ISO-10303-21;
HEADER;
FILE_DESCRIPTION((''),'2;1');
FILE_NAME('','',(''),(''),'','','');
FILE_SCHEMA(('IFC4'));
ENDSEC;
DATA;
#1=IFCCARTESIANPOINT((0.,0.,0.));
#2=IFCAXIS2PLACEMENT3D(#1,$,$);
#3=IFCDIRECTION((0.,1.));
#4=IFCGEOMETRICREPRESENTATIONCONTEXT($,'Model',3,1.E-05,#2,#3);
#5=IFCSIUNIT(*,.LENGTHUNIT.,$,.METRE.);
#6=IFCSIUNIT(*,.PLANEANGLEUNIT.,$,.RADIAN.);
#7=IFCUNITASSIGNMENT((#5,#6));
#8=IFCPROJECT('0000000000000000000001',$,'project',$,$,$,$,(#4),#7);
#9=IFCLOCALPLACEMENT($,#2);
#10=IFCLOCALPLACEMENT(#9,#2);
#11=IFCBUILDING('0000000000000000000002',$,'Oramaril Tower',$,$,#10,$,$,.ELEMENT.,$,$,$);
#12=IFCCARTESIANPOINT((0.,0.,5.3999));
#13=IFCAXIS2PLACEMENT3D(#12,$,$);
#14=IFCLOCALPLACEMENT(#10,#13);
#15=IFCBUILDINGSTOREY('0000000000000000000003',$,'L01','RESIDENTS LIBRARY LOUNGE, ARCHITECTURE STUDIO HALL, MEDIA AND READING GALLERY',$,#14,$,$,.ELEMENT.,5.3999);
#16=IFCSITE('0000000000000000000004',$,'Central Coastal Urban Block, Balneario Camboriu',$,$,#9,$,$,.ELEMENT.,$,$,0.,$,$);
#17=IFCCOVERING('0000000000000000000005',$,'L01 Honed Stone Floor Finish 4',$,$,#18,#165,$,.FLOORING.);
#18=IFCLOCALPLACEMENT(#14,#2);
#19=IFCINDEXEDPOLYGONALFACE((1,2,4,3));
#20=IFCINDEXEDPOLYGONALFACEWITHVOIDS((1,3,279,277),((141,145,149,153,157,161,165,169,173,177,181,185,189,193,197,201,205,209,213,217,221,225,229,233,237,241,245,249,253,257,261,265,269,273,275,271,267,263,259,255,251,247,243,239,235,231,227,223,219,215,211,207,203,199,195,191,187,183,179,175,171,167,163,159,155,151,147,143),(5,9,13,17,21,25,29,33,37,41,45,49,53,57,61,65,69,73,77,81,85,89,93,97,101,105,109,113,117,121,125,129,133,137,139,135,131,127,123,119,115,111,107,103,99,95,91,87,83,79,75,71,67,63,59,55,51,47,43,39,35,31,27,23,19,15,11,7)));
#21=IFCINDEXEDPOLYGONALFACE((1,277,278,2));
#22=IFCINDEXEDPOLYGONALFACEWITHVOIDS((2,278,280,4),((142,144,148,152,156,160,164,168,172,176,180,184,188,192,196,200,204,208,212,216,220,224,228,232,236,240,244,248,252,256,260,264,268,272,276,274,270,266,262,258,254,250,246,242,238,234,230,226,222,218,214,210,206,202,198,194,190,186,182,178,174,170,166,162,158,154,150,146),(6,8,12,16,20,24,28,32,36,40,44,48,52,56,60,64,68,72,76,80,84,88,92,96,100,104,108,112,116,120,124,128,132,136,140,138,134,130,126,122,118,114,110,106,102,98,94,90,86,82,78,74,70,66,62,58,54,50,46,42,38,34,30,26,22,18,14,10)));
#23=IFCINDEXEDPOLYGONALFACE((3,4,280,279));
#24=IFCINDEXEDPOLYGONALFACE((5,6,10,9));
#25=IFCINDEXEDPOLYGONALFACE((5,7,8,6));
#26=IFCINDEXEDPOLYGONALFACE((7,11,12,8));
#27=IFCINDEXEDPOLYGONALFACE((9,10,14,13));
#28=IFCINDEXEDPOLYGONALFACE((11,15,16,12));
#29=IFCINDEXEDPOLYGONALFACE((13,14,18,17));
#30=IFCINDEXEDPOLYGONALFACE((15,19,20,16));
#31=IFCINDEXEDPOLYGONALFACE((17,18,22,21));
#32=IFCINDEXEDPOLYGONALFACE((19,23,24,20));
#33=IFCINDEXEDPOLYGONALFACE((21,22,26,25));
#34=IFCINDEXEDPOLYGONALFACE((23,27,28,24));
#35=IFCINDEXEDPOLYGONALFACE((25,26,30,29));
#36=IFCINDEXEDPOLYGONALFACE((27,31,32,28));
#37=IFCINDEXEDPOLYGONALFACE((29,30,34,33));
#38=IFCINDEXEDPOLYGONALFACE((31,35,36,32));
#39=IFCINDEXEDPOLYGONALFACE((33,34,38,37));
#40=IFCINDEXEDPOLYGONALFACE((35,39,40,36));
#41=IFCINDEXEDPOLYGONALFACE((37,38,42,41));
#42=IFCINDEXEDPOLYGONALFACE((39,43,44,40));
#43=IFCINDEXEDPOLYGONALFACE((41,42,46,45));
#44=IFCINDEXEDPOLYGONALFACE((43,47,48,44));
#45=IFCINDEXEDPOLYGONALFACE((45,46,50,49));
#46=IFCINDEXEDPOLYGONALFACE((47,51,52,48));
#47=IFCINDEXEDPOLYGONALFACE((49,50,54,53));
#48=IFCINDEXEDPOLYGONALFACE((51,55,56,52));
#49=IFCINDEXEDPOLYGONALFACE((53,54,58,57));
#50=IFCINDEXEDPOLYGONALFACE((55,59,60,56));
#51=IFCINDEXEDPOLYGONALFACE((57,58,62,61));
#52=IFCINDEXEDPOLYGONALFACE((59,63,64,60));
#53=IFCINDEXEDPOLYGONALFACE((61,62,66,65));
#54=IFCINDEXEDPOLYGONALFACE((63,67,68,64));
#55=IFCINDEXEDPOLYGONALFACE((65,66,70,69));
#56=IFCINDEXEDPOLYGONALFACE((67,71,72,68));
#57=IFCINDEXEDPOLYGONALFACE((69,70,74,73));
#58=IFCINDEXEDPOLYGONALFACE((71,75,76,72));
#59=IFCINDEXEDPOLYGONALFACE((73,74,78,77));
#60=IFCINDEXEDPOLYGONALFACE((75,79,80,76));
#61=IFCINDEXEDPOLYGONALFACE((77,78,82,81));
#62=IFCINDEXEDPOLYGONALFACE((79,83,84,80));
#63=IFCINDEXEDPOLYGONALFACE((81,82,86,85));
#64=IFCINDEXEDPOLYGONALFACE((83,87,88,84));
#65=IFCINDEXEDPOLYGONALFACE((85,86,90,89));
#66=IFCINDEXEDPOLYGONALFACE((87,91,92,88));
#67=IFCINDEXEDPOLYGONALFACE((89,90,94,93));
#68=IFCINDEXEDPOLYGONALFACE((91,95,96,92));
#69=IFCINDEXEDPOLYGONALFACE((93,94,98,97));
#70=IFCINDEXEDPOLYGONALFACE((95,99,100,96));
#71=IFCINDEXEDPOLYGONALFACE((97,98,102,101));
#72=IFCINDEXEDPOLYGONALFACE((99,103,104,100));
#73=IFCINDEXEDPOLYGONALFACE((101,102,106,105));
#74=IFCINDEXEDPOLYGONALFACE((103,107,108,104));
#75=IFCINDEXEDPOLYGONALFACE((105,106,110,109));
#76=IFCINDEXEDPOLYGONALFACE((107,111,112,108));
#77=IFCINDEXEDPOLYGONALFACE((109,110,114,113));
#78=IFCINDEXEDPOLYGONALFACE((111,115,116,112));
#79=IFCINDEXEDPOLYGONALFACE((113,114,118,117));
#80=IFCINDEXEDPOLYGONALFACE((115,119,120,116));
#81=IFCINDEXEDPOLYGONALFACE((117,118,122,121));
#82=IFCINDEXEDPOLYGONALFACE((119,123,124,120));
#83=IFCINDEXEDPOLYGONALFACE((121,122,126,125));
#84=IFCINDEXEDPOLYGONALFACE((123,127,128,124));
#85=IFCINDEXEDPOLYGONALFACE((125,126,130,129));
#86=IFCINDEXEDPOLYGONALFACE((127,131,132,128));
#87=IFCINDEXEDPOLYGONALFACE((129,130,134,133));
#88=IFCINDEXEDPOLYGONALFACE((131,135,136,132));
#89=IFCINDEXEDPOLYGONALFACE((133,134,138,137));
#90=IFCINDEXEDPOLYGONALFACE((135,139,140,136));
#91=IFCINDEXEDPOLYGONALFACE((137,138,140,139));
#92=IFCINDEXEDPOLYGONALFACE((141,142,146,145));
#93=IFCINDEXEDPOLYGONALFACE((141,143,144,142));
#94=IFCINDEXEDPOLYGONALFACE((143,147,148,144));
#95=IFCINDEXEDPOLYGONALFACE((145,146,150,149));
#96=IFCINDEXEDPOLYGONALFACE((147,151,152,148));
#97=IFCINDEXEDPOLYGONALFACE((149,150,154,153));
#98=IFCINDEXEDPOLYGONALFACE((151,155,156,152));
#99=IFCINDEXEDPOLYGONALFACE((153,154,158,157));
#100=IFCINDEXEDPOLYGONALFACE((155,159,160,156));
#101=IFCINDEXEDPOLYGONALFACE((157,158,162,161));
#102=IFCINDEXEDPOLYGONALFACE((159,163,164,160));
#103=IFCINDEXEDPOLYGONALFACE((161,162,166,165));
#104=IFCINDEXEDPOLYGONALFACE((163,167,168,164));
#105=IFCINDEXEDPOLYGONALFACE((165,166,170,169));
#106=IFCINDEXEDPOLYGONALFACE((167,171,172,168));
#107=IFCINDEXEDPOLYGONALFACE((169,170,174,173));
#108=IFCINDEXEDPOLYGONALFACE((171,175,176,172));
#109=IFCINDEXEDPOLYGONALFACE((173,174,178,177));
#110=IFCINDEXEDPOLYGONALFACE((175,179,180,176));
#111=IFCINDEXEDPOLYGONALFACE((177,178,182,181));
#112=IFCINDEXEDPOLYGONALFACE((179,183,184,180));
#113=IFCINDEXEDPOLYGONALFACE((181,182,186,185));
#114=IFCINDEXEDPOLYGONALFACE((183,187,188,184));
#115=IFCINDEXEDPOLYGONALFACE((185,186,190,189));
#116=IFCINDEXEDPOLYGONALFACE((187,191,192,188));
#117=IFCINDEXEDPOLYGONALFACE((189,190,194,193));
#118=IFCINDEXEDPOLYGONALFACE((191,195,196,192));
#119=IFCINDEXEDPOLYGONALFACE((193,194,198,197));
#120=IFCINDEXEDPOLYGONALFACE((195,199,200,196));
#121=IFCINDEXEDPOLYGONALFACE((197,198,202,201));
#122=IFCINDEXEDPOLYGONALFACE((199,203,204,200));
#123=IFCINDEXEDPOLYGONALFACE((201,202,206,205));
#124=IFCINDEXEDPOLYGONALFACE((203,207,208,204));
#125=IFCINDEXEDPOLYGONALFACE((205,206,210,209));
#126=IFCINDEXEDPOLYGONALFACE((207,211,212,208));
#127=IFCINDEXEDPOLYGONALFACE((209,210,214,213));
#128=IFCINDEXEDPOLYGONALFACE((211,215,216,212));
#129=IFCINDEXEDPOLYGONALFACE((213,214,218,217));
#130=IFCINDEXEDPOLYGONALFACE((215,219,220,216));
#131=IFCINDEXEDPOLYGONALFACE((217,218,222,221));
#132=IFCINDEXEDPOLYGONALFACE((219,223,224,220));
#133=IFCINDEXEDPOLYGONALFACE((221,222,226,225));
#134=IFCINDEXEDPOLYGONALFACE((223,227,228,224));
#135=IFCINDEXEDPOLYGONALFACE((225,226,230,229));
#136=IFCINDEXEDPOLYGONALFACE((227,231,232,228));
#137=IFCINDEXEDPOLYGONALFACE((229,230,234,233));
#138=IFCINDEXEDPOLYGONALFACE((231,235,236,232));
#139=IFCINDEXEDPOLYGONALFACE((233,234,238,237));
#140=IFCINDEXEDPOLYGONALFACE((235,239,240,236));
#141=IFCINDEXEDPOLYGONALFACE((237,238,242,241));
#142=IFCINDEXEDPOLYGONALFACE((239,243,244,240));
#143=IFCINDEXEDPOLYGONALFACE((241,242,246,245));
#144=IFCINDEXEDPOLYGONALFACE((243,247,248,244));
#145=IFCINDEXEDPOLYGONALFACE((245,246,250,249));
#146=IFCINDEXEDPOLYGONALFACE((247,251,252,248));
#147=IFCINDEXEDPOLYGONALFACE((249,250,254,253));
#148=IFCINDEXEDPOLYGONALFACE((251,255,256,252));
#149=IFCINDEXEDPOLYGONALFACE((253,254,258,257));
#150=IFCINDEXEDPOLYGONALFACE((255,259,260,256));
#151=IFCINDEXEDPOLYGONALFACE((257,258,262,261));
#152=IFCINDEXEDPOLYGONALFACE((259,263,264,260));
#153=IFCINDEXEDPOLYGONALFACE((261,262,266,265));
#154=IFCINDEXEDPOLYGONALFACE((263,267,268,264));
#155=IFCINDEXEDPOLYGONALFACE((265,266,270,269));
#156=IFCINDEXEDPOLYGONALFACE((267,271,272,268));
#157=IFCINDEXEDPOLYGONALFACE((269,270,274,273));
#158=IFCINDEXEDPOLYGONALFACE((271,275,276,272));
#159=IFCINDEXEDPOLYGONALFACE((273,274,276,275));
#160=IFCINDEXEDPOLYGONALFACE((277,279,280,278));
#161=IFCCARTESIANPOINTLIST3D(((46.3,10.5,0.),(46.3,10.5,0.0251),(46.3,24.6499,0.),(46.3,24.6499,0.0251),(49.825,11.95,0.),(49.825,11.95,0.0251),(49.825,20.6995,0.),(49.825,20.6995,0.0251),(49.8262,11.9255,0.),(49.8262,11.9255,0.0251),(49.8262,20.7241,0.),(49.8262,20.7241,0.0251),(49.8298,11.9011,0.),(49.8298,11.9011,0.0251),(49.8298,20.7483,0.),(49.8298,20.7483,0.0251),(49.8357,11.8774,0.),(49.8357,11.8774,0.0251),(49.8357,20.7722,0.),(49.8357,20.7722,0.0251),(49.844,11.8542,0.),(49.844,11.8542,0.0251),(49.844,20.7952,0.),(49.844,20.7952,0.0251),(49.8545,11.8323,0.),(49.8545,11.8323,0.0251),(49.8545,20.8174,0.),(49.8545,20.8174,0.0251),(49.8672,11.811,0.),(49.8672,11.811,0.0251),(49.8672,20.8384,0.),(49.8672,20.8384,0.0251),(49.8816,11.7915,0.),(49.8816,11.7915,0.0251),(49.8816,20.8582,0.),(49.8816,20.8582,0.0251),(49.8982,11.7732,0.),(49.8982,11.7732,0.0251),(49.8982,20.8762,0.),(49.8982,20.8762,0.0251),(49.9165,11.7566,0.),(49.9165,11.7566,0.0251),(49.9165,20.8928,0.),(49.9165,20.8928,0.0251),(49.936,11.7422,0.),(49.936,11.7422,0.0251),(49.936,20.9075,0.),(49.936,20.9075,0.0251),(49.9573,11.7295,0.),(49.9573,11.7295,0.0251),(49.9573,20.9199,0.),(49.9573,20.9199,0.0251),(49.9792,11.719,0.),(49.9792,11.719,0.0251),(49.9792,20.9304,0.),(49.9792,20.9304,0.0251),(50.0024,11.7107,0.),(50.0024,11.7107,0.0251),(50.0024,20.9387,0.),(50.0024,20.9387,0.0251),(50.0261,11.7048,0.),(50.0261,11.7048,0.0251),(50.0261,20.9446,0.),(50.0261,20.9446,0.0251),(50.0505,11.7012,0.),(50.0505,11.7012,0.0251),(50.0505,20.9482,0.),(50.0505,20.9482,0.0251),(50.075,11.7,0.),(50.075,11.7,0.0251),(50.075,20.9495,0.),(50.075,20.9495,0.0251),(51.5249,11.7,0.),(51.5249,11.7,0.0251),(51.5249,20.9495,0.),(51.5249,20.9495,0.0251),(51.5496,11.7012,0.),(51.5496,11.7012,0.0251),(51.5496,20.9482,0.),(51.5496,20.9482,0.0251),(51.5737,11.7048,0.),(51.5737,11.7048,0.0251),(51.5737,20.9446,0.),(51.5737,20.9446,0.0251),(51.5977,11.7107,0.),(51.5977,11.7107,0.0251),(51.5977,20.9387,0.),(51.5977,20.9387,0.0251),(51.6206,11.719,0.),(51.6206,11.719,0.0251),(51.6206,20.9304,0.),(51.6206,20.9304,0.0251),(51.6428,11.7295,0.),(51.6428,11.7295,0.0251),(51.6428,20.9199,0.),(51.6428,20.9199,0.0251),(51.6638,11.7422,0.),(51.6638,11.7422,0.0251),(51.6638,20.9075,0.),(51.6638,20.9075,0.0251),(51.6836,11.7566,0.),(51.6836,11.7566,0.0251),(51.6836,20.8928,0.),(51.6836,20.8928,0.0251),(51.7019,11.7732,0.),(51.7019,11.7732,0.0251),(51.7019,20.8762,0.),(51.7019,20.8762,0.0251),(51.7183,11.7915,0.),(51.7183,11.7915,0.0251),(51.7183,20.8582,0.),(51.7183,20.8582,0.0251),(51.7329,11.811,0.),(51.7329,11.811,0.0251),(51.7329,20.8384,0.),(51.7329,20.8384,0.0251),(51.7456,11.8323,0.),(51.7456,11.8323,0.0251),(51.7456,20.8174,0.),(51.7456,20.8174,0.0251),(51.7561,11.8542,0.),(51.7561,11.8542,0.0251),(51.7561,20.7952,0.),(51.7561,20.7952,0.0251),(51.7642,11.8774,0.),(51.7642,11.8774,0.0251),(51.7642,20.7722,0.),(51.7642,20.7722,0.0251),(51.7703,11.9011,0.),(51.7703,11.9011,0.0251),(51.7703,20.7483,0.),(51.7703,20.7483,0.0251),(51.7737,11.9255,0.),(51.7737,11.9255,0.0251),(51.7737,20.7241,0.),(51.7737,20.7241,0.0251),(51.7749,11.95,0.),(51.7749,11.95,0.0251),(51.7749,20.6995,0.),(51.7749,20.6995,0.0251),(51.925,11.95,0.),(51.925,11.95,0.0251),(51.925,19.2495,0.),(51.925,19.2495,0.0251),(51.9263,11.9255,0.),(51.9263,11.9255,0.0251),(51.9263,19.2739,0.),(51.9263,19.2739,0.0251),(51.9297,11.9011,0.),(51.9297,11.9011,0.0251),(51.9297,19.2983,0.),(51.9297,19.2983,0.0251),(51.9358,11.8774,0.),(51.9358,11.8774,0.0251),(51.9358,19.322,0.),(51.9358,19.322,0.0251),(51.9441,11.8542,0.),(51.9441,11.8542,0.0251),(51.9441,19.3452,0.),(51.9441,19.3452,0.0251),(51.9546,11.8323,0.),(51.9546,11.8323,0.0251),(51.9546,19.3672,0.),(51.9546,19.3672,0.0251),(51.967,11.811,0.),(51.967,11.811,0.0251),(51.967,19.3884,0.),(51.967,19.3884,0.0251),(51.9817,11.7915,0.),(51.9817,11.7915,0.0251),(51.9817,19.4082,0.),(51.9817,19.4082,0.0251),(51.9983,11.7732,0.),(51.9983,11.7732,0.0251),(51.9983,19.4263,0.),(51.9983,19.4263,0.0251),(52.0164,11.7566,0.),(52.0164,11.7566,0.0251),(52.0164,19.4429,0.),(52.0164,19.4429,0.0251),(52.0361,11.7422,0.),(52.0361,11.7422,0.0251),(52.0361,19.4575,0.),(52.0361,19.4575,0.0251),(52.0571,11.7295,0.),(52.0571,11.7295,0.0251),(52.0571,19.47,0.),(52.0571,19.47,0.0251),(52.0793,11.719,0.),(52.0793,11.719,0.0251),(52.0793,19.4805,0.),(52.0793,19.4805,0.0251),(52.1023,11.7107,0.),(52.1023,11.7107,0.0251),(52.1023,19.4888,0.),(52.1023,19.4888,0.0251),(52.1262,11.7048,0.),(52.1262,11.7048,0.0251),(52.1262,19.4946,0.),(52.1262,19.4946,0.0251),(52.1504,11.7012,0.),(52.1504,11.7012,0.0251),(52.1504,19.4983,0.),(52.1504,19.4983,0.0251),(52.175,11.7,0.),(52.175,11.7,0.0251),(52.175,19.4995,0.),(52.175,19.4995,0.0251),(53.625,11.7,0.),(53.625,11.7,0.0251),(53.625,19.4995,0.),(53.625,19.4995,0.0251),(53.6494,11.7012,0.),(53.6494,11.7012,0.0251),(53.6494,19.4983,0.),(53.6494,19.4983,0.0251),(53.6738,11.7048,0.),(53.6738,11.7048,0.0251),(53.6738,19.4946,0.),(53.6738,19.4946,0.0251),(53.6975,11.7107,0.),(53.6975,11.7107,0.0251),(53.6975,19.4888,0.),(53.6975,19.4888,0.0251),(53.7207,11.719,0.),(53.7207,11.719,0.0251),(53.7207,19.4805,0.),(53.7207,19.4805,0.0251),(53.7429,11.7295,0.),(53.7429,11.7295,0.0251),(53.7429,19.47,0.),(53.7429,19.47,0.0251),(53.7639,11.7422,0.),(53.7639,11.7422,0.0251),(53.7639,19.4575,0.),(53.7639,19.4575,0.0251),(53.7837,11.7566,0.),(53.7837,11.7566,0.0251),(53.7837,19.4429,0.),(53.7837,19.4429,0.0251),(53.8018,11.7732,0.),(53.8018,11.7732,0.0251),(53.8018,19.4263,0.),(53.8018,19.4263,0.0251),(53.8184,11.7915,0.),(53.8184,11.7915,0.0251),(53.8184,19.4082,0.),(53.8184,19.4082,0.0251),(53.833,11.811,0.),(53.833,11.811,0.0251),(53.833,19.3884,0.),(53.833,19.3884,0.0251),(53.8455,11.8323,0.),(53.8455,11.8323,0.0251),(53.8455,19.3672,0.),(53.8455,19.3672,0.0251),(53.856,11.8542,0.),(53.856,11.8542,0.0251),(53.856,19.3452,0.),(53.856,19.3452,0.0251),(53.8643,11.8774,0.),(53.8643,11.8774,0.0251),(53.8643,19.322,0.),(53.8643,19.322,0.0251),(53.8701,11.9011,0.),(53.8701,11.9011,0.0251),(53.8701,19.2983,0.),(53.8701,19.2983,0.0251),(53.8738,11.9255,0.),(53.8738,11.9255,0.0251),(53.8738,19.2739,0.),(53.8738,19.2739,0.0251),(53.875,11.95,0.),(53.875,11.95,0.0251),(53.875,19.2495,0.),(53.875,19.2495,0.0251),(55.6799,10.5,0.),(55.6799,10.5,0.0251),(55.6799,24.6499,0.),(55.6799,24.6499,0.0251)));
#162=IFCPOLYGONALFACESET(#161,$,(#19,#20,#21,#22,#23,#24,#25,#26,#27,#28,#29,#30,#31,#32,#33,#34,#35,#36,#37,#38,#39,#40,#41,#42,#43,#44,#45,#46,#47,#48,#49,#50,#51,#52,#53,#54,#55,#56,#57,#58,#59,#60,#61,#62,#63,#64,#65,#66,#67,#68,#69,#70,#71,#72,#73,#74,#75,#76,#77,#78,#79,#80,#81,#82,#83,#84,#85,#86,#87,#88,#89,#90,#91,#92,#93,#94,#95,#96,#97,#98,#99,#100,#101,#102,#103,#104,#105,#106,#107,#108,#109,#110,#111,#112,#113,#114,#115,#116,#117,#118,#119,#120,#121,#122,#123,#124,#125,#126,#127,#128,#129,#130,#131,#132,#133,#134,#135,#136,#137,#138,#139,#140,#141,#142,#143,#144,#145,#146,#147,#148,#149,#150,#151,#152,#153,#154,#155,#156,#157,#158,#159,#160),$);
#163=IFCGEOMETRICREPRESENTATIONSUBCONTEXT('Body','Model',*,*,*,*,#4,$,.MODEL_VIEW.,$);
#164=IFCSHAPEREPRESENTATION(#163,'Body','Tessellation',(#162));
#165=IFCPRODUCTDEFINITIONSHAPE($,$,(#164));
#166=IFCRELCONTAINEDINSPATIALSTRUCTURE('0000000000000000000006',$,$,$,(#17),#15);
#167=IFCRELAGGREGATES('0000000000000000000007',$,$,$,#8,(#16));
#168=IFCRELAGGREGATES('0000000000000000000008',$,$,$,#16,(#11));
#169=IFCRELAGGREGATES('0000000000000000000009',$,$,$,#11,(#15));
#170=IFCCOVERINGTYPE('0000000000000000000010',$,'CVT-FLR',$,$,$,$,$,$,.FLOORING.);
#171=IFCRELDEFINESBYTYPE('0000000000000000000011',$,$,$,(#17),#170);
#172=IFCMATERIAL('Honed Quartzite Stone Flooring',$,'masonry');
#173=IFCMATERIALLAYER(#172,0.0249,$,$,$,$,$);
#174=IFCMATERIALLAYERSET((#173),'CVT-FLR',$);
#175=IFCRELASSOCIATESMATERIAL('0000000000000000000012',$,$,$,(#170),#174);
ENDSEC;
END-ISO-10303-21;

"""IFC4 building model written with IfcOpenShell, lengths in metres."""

from ifc_helpers import new_model, si_unit, direction, frame, origin, place, context, subcontext, project, spatial, polyline, outline, extrude, material, layer, layer_set, type_object, element, save


model = new_model("IFC4")

# Units and contexts
model_context = context("Model", 3, precision=1e-05, world=origin(), true_north=direction((0.0, 1.0)))
body_context = subcontext(model_context, "Body", "Model", "MODEL_VIEW")
ifc_project = project(units=[si_unit("LENGTHUNIT", "METRE"), si_unit("PLANEANGLEUNIT", "RADIAN")], contexts=[model_context])

# Site, building, storey
site_placement = place(None, origin())
site = spatial("IfcSite", under=ifc_project, at=site_placement, Name="Central Coastal Urban Block, Balneario Camboriu", CompositionType="ELEMENT", RefElevation=0.0)
building_placement = place(site_placement, origin())
building = spatial("IfcBuilding", under=site, at=building_placement, Name="Oramaril Tower", CompositionType="ELEMENT")
storey_placement = place(building_placement, frame((0.0, 0.0, 5.3999)))
storey = spatial("IfcBuildingStorey", under=building, at=storey_placement, Name="L01", Description="RESIDENTS LIBRARY LOUNGE, ARCHITECTURE STUDIO HALL, MEDIA AND READING GALLERY", CompositionType="ELEMENT", Elevation=5.3999)

# Covering
ifc_material_1 = material(Name="Honed Quartzite Stone Flooring", Category="masonry")
ifc_layer_1 = layer(ifc_material_1, 0.0249)
ifc_layer_set_1 = layer_set([ifc_layer_1], Name="CVT-FLR")
covering_type_1 = type_object("IfcCoveringType", Name="CVT-FLR", PredefinedType="FLOORING", material=ifc_layer_set_1)
covering_1_placement = place(storey_placement, origin())
element("IfcCovering", 1, at=covering_1_placement, inside=storey, type_object=covering_type_1, Name="L01 Honed Stone Floor Finish 4", PredefinedType="FLOORING", context=body_context, shape_type="SweptSolid", body=[
    extrude(outline(polyline([(55.6799, 10.5), (46.3, 10.5), (46.3, 24.6499), (55.6799, 24.6499), (55.6799, 10.5)]), holes=[polyline([(49.8357, 20.7722), (49.8298, 20.7483), (49.8262, 20.7241), (49.825, 20.6995), (49.825, 11.95), (49.8262, 11.9255), (49.8298, 11.9011), (49.8357, 11.8774), (49.844, 11.8542), (49.8545, 11.8323), (49.8672, 11.811), (49.8816, 11.7915), (49.8982, 11.7732), (49.9165, 11.7566), (49.936, 11.7422), (49.9573, 11.7295), (49.9792, 11.719), (50.0024, 11.7107), (50.0261, 11.7048), (50.0505, 11.7012), (50.075, 11.7), (51.5249, 11.7), (51.5496, 11.7012), (51.5737, 11.7048), (51.5977, 11.7107), (51.6206, 11.719), (51.6428, 11.7295), (51.6638, 11.7422), (51.6836, 11.7566), (51.7019, 11.7732), (51.7183, 11.7915), (51.7329, 11.811), (51.7456, 11.8323), (51.7561, 11.8542), (51.7642, 11.8774), (51.7703, 11.9011), (51.7737, 11.9255), (51.7749, 11.95), (51.7749, 20.6995), (51.7737, 20.7241), (51.7703, 20.7483), (51.7642, 20.7722), (51.7561, 20.7952), (51.7456, 20.8174), (51.7329, 20.8384), (51.7183, 20.8582), (51.7019, 20.8762), (51.6836, 20.8928), (51.6638, 20.9075), (51.6428, 20.9199), (51.6206, 20.9304), (51.5977, 20.9387), (51.5737, 20.9446), (51.5496, 20.9482), (51.5249, 20.9495), (50.075, 20.9495), (50.0505, 20.9482), (50.0261, 20.9446), (50.0024, 20.9387), (49.9792, 20.9304), (49.9573, 20.9199), (49.936, 20.9075), (49.9165, 20.8928), (49.8982, 20.8762), (49.8816, 20.8582), (49.8672, 20.8384), (49.8545, 20.8174), (49.844, 20.7952), (49.8357, 20.7722)]), polyline([(51.9297, 19.2983), (51.9263, 19.2739), (51.925, 19.2495), (51.925, 11.95), (51.9263, 11.9255), (51.9297, 11.9011), (51.9358, 11.8774), (51.9441, 11.8542), (51.9546, 11.8323), (51.967, 11.811), (51.9817, 11.7915), (51.9983, 11.7732), (52.0164, 11.7566), (52.0361, 11.7422), (52.0571, 11.7295), (52.0793, 11.719), (52.1023, 11.7107), (52.1262, 11.7048), (52.1504, 11.7012), (52.175, 11.7), (53.625, 11.7), (53.6494, 11.7012), (53.6738, 11.7048), (53.6975, 11.7107), (53.7207, 11.719), (53.7429, 11.7295), (53.7639, 11.7422), (53.7837, 11.7566), (53.8018, 11.7732), (53.8184, 11.7915), (53.833, 11.811), (53.8455, 11.8323), (53.856, 11.8542), (53.8643, 11.8774), (53.8701, 11.9011), (53.8738, 11.9255), (53.875, 11.95), (53.875, 19.2495), (53.8738, 19.2739), (53.8701, 19.2983), (53.8643, 19.322), (53.856, 19.3452), (53.8455, 19.3672), (53.833, 19.3884), (53.8184, 19.4082), (53.8018, 19.4263), (53.7837, 19.4429), (53.7639, 19.4575), (53.7429, 19.47), (53.7207, 19.4805), (53.6975, 19.4888), (53.6738, 19.4946), (53.6494, 19.4983), (53.625, 19.4995), (52.175, 19.4995), (52.1504, 19.4983), (52.1262, 19.4946), (52.1023, 19.4888), (52.0793, 19.4805), (52.0571, 19.47), (52.0361, 19.4575), (52.0164, 19.4429), (51.9983, 19.4263), (51.9817, 19.4082), (51.967, 19.3884), (51.9546, 19.3672), (51.9441, 19.3452), (51.9358, 19.322), (51.9297, 19.2983)])]), origin(), (0.0, 0.0, 1.0), 0.0251),
])

save(model, "model.ifc")
